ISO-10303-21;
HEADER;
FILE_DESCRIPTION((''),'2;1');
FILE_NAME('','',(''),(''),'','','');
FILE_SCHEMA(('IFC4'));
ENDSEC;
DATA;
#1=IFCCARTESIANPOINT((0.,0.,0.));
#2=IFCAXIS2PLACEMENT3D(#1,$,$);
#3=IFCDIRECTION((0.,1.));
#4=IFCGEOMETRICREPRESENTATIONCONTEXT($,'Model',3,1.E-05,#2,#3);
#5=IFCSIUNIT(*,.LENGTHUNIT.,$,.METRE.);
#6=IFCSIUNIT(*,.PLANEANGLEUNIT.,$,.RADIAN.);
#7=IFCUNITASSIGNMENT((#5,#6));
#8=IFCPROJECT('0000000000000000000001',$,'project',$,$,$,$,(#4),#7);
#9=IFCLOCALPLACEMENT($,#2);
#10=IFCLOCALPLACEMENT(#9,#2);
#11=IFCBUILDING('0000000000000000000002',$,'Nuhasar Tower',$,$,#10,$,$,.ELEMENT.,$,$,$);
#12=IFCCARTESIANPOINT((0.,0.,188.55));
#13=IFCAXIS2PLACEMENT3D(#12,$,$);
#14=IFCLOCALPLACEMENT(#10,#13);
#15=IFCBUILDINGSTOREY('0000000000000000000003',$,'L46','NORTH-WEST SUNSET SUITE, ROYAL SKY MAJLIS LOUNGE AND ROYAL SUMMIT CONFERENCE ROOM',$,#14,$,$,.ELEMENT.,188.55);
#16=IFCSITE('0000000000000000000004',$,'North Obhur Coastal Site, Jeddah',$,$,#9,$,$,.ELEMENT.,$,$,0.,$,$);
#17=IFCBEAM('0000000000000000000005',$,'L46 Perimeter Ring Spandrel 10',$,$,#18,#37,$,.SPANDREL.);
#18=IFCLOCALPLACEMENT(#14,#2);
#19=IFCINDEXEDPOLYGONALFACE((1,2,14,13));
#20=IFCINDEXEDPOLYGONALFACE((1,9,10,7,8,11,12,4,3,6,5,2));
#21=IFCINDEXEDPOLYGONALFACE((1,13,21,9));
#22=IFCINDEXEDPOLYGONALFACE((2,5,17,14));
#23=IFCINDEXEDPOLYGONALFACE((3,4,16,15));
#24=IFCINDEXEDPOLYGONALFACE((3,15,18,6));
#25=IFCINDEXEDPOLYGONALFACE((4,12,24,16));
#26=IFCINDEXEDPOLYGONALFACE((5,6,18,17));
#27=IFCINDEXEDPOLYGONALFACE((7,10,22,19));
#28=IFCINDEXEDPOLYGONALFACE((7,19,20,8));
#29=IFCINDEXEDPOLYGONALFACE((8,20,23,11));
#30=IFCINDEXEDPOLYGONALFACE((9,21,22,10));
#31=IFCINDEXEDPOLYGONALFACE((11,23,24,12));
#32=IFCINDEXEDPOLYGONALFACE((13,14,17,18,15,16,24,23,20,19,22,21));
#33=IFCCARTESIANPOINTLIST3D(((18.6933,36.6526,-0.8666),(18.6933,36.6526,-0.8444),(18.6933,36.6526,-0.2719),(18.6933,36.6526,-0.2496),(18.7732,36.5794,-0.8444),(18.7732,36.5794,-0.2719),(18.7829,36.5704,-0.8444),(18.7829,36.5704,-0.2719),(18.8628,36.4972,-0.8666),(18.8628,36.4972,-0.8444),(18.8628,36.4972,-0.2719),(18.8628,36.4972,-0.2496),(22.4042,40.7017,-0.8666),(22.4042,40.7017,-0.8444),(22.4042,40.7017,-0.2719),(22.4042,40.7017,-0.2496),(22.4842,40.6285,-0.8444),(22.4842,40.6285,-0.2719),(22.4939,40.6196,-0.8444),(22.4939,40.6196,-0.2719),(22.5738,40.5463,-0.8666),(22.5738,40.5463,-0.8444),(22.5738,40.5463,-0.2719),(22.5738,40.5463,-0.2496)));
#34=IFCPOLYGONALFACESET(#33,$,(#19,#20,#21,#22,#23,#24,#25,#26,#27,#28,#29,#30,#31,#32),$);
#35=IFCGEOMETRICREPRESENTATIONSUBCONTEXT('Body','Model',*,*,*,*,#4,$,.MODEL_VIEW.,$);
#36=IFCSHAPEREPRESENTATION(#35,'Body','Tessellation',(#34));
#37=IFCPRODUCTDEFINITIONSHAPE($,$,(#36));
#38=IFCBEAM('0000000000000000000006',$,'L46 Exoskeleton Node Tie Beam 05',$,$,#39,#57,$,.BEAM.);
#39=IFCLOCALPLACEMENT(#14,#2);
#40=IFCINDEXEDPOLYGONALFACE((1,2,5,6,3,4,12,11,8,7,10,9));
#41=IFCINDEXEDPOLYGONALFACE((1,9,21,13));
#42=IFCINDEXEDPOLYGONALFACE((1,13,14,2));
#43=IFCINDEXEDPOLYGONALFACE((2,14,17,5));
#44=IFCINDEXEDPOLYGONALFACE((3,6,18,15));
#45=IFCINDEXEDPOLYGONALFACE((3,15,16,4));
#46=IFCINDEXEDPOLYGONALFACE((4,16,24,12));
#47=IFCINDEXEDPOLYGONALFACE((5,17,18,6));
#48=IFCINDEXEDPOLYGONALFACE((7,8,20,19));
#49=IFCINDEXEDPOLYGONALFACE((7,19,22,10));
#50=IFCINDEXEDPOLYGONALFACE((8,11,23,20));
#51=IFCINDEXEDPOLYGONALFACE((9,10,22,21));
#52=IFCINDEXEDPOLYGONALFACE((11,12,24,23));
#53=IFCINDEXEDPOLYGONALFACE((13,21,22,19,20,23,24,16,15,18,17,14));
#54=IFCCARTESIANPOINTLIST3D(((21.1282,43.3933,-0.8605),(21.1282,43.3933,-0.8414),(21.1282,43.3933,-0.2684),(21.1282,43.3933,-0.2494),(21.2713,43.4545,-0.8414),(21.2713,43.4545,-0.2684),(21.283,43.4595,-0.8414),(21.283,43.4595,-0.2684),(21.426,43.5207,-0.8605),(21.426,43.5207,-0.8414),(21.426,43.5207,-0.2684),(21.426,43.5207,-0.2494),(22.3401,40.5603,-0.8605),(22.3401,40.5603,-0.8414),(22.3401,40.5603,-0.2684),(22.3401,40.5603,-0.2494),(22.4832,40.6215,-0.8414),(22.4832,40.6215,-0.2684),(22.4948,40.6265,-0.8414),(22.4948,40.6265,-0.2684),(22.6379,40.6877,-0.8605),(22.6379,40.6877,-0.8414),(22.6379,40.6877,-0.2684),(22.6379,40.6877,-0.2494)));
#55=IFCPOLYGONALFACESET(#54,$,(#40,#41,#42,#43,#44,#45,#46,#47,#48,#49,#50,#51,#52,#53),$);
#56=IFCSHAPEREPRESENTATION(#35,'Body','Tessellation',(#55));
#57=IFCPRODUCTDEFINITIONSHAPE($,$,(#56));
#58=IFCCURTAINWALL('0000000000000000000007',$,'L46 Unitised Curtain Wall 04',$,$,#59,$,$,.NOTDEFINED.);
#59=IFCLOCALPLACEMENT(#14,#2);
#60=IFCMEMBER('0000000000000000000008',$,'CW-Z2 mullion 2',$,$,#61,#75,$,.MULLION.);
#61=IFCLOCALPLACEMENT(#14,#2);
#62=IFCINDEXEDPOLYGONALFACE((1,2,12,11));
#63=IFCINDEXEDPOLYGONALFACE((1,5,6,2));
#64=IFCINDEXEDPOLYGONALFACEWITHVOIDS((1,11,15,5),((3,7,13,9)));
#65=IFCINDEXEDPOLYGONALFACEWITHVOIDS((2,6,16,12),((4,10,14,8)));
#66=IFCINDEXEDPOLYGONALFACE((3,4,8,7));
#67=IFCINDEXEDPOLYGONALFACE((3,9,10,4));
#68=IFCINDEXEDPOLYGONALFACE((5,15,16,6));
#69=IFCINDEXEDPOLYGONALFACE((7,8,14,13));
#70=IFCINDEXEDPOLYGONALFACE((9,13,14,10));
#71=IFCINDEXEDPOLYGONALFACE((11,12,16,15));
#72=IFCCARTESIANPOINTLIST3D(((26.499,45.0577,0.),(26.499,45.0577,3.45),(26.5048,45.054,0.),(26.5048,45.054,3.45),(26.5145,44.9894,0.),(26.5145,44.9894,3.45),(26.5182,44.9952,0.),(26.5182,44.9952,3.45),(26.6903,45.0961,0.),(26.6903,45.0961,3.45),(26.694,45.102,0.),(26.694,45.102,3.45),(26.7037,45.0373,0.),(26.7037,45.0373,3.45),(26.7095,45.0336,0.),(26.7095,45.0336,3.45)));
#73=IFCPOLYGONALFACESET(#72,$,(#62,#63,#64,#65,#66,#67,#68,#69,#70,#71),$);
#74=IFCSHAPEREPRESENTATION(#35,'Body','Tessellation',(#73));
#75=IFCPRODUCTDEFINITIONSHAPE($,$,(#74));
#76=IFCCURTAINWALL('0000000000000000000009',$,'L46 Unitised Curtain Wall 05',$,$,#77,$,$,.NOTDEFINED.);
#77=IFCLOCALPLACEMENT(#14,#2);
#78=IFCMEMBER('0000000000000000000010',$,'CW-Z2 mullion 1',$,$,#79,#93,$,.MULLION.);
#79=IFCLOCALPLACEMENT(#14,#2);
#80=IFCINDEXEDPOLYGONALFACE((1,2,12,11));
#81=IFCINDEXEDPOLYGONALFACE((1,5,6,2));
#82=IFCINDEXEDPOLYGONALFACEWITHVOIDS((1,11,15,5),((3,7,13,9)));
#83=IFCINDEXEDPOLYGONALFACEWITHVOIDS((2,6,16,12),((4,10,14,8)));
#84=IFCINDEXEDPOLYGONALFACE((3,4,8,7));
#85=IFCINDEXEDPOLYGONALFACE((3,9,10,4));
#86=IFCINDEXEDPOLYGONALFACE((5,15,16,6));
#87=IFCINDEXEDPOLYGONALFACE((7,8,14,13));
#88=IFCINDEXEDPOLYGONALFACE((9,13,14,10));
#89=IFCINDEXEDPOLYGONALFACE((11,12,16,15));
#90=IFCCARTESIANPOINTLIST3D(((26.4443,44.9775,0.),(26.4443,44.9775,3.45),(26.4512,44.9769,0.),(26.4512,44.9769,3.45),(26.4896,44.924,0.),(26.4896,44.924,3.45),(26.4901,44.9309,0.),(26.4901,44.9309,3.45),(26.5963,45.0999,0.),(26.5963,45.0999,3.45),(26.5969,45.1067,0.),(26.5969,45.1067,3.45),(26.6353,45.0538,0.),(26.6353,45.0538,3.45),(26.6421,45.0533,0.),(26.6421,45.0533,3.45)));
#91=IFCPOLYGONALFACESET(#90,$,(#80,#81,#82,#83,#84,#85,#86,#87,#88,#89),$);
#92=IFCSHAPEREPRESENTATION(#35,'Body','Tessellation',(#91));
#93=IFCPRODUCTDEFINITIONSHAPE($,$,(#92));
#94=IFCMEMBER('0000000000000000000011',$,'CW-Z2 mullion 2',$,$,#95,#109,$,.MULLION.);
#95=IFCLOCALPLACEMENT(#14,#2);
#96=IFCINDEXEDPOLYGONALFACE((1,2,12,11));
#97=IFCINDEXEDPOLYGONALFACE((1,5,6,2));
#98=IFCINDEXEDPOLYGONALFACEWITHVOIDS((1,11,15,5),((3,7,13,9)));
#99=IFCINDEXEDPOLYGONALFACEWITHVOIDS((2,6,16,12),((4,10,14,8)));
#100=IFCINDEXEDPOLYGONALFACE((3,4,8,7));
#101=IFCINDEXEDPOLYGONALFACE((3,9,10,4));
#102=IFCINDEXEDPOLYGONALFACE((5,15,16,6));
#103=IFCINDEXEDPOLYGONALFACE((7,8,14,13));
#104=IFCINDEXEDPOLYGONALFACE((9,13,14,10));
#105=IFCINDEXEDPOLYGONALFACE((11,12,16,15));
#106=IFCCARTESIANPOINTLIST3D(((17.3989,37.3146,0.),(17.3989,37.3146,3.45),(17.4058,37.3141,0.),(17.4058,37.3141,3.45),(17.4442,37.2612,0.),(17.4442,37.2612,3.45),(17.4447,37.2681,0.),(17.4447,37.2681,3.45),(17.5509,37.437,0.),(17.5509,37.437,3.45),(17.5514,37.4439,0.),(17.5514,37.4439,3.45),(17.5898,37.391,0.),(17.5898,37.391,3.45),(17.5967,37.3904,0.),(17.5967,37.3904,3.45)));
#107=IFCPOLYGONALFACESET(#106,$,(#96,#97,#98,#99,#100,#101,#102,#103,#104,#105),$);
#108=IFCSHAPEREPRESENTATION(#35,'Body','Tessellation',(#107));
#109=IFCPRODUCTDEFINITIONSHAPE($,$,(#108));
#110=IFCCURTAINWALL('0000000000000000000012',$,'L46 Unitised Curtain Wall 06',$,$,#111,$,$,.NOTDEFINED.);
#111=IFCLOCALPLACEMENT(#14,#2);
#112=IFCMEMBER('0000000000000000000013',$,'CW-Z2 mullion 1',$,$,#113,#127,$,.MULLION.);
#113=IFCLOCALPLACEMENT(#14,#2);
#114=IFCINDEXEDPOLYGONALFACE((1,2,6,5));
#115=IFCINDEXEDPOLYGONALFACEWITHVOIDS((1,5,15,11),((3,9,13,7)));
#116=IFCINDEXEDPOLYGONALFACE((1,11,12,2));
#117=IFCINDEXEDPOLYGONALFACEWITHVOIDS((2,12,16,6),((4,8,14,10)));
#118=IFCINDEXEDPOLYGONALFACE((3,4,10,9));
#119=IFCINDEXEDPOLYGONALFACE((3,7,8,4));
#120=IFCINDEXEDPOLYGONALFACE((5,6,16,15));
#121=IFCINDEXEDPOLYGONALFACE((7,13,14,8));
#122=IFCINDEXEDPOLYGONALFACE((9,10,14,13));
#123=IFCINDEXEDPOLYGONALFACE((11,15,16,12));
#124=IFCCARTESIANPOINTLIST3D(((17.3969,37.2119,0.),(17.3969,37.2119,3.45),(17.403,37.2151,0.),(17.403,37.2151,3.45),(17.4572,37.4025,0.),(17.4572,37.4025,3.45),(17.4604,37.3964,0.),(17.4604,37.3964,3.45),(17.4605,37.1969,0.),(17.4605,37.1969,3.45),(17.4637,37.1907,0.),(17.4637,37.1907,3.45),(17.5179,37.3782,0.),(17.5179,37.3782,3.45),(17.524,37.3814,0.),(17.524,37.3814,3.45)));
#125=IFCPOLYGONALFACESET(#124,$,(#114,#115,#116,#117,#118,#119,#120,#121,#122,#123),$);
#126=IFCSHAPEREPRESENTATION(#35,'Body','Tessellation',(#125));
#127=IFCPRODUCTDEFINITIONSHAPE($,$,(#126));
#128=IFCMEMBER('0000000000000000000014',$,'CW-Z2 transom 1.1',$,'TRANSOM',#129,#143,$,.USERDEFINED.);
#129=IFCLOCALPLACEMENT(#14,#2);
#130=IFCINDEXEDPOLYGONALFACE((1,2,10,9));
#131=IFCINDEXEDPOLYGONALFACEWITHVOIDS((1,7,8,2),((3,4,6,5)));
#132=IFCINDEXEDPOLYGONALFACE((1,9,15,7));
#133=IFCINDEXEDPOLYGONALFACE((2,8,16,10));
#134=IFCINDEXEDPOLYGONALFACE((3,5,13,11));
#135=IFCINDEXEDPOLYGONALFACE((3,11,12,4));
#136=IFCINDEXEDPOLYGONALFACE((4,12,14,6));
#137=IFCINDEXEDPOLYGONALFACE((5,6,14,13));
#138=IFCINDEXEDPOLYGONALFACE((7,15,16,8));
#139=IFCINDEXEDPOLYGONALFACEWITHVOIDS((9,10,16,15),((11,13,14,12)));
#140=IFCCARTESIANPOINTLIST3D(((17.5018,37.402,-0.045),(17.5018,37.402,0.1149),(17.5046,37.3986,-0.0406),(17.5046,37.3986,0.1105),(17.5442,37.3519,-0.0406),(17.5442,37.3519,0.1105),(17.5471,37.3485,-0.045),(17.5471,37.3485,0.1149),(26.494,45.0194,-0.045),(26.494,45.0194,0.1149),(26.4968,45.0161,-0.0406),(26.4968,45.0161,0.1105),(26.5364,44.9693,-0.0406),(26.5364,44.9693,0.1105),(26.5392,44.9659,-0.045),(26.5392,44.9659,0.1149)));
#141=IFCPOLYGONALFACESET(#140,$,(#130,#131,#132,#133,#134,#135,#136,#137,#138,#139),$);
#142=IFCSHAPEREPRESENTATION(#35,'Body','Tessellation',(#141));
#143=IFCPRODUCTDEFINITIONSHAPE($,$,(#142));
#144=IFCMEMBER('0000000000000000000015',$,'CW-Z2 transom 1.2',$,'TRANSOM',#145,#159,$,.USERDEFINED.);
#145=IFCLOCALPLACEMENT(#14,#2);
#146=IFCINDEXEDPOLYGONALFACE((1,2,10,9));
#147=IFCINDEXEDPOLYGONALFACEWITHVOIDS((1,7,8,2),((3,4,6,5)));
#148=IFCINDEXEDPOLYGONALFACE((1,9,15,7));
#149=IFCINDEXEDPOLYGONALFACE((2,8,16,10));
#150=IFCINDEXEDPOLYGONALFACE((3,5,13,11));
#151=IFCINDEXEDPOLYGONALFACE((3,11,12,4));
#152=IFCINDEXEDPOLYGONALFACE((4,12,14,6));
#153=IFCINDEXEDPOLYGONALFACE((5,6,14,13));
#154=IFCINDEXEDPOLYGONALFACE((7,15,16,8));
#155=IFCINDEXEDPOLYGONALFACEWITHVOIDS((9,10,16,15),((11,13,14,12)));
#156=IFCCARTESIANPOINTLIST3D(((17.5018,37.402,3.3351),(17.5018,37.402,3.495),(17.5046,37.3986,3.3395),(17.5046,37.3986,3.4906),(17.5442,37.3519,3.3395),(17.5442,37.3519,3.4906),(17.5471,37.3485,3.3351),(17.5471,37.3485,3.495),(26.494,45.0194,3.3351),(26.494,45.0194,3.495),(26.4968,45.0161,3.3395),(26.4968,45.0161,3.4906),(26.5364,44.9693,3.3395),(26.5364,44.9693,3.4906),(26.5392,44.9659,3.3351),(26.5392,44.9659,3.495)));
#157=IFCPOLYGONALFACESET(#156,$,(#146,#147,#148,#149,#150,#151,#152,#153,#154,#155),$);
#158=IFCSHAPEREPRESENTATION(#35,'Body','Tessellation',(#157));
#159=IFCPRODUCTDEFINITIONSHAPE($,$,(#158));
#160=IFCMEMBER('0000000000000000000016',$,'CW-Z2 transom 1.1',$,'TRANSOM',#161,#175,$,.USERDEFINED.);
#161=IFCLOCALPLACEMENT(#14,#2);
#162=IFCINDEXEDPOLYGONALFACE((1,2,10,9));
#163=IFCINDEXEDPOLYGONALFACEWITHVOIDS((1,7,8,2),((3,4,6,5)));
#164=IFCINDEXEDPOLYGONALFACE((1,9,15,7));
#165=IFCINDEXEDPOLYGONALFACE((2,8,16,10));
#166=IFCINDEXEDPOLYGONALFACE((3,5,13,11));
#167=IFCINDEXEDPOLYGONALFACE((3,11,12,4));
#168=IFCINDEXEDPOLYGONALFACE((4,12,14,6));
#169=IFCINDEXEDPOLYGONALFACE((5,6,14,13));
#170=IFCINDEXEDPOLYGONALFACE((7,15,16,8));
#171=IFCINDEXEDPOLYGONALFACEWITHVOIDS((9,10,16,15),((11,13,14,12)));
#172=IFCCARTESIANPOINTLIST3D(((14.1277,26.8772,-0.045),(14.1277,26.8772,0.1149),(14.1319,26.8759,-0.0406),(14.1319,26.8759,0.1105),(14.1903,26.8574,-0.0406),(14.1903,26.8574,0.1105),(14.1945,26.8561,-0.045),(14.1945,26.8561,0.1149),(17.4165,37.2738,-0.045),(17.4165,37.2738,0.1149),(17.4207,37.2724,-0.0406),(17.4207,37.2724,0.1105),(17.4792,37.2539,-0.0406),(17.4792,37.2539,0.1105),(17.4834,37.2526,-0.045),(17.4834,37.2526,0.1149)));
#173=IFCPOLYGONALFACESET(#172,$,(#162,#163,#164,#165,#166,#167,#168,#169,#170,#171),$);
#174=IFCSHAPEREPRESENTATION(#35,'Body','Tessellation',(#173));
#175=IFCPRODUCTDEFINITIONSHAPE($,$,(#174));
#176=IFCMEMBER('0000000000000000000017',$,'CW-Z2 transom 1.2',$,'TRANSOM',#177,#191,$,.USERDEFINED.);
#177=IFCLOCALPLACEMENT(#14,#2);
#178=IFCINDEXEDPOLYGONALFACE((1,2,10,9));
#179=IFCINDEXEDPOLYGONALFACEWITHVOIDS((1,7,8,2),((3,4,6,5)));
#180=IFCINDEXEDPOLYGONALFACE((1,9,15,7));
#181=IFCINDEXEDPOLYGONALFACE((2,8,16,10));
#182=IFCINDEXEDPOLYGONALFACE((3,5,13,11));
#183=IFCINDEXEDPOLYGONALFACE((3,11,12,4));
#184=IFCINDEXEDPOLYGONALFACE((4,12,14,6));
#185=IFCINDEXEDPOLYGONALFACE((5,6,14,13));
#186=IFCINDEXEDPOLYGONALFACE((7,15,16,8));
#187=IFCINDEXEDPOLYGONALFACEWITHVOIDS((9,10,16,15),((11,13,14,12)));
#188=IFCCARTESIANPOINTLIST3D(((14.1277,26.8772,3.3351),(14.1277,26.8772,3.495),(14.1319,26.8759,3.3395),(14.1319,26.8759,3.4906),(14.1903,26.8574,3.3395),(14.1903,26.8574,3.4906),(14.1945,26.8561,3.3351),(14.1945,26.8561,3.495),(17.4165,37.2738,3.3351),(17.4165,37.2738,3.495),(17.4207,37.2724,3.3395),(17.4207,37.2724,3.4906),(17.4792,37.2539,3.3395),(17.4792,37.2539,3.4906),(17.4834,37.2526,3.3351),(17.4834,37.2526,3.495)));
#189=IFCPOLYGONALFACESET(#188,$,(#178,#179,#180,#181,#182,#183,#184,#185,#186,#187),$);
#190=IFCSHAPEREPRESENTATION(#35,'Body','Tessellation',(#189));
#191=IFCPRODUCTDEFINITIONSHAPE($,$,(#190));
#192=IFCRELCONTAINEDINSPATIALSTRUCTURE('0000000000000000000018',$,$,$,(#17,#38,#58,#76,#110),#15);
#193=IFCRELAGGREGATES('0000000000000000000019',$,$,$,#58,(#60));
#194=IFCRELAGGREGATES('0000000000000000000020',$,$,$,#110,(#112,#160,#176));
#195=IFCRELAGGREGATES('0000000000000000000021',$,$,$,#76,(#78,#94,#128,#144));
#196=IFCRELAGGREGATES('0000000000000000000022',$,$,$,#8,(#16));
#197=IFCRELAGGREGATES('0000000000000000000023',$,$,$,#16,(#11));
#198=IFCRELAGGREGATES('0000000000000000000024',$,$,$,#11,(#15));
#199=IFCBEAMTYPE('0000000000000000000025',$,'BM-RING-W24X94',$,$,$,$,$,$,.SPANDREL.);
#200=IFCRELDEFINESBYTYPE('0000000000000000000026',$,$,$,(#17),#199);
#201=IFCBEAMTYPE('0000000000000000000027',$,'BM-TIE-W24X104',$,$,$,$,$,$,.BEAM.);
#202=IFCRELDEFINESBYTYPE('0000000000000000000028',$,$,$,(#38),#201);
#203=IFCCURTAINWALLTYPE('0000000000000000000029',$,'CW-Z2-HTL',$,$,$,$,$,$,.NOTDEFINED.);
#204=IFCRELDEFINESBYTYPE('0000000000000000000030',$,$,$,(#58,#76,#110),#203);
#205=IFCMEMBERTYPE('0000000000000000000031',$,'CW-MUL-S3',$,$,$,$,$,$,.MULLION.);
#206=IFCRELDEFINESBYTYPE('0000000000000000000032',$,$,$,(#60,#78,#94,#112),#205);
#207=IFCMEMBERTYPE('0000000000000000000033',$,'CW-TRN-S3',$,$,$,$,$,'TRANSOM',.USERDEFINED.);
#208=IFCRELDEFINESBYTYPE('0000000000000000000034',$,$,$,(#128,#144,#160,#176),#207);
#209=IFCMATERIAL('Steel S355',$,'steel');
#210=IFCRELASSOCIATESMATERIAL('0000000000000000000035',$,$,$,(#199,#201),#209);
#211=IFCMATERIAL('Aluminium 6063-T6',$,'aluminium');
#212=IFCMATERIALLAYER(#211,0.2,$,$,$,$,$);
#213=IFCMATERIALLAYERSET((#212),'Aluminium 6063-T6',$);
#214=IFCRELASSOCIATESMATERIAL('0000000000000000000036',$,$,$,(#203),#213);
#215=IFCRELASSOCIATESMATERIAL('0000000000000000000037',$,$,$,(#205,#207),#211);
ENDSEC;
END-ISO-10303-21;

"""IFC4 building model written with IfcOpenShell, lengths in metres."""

from ifc_helpers import new_model, si_unit, direction, frame, origin, origin_2d, place, context, subcontext, project, spatial, hollow_rectangle, i_section, extrude, material, layer, layer_set, material_profile, profile_set, type_object, element, aggregate, save


model = new_model("IFC4")

# Units and contexts
model_context = context("Model", 3, precision=1e-05, world=origin(), true_north=direction((0.0, 1.0)))
body_context = subcontext(model_context, "Body", "Model", "MODEL_VIEW")
ifc_project = project(units=[si_unit("LENGTHUNIT", "METRE"), si_unit("PLANEANGLEUNIT", "RADIAN")], contexts=[model_context])

# Site, building, storey
site_placement = place(None, origin())
site = spatial("IfcSite", under=ifc_project, at=site_placement, Name="North Obhur Coastal Site, Jeddah", CompositionType="ELEMENT", RefElevation=0.0)
building_placement = place(site_placement, origin())
building = spatial("IfcBuilding", under=site, at=building_placement, Name="Nuhasar Tower", CompositionType="ELEMENT")
storey_placement = place(building_placement, frame((0.0, 0.0, 188.55)))
storey = spatial("IfcBuildingStorey", under=building, at=storey_placement, Name="L46", Description="NORTH-WEST SUNSET SUITE, ROYAL SKY MAJLIS LOUNGE AND ROYAL SUMMIT CONFERENCE ROOM", CompositionType="ELEMENT", Elevation=188.55)

# Beams
ifc_material_1 = material(Name="Steel S355", Category="steel")
ifc_material_profile_1 = material_profile(ifc_material_1, i_section(OverallWidth=0.23, OverallDepth=0.6169, WebThickness=0.0132, FlangeThickness=0.0222, at=origin_2d()), Name="W24X94")
ifc_profile_set_1 = profile_set([ifc_material_profile_1], Name="Steel S355")
beam_type_1 = type_object("IfcBeamType", Name="BM-RING-W24X94", PredefinedType="SPANDREL", material=ifc_profile_set_1)
beam_1_placement = place(storey_placement, frame((22.489, 40.624, -0.5581), z_axis=(-0.675654, -0.737219, 0.0), x_axis=(0.737219, -0.675654, 0.0)))
element("IfcBeam", 1, at=beam_1_placement, inside=storey, type_object=beam_type_1, Name="L46 Perimeter Ring Spandrel 10", PredefinedType="SPANDREL", context=body_context, shape_type="SweptSolid", body=[
    extrude(i_section(OverallWidth=0.23, OverallDepth=0.6169, WebThickness=0.0132, FlangeThickness=0.0222, at=origin_2d()), origin(), (0.0, 0.0, 1.0), 5.4924),
])
ifc_material_profile_2 = material_profile(ifc_material_1, i_section(OverallWidth=0.324, OverallDepth=0.6111, WebThickness=0.0127, FlangeThickness=0.019, at=origin_2d()), Name="W24X104")
ifc_profile_set_2 = profile_set([ifc_material_profile_2], Name="Steel S355")
beam_type_2 = type_object("IfcBeamType", Name="BM-TIE-W24X104", PredefinedType="BEAM", material=ifc_profile_set_2)
beam_2_placement = place(storey_placement, frame((22.489, 40.624, -0.5549), z_axis=(-0.393307, 0.919407, 0.0), x_axis=(-0.919407, -0.393307, 0.0)))
element("IfcBeam", 2, at=beam_2_placement, inside=storey, type_object=beam_type_2, Name="L46 Exoskeleton Node Tie Beam 05", PredefinedType="BEAM", context=body_context, shape_type="SweptSolid", body=[
    extrude(i_section(OverallWidth=0.324, OverallDepth=0.6111, WebThickness=0.0127, FlangeThickness=0.019, at=origin_2d()), origin(), (0.0, 0.0, 1.0), 3.0813),
])

# Curtain wall, member
ifc_material_2 = material(Name="Aluminium 6063-T6", Category="aluminium")
ifc_layer_1 = layer(ifc_material_2, 0.2)
ifc_layer_set_1 = layer_set([ifc_layer_1], Name="Aluminium 6063-T6")
curtain_wall_type = type_object("IfcCurtainWallType", Name="CW-Z2-HTL", PredefinedType="NOTDEFINED", material=ifc_layer_set_1)
curtain_wall_1_placement = place(storey_placement, origin())
curtain_wall_1 = element("IfcCurtainWall", 3, at=curtain_wall_1_placement, inside=storey, type_object=curtain_wall_type, Name="L46 Unitised Curtain Wall 04", PredefinedType="NOTDEFINED")
ifc_material_profile_3 = material_profile(ifc_material_2, hollow_rectangle(XDim=0.0701, YDim=0.2, WallThickness=0.0049, at=origin_2d()), Name="CWM-3")
ifc_profile_set_3 = profile_set([ifc_material_profile_3], Name="Aluminium 6063-T6")
member_type_1 = type_object("IfcMemberType", Name="CW-MUL-S3", PredefinedType="MULLION", material=ifc_profile_set_3)
member_1_placement = place(storey_placement, frame((26.6042, 45.0457, 0.0), z_axis=(0.0, 0.0, 1.0), x_axis=(0.221397, -0.975184, 0.0)))
member_1 = element("IfcMember", 4, at=member_1_placement, type_object=member_type_1, Name="CW-Z2 mullion 2", PredefinedType="MULLION", context=body_context, shape_type="SweptSolid", body=[
    extrude(hollow_rectangle(XDim=0.0701, YDim=0.2, WallThickness=0.0049, at=origin_2d()), origin(), (0.0, 0.0, 1.0), 3.45),
])
aggregate(curtain_wall_1, [member_1])

# Curtain wall, members
curtain_wall_2_placement = place(storey_placement, origin())
curtain_wall_2 = element("IfcCurtainWall", 5, at=curtain_wall_2_placement, inside=storey, type_object=curtain_wall_type, Name="L46 Unitised Curtain Wall 05", PredefinedType="NOTDEFINED")
member_2_placement = place(storey_placement, frame((26.5432, 45.0154, 0.0), z_axis=(0.0, 0.0, 1.0), x_axis=(0.646374, -0.76302, 0.0)))
member_2 = element("IfcMember", 6, at=member_2_placement, type_object=member_type_1, Name="CW-Z2 mullion 1", PredefinedType="MULLION", context=body_context, shape_type="SweptSolid", body=[
    extrude(hollow_rectangle(XDim=0.0701, YDim=0.2, WallThickness=0.0049, at=origin_2d()), origin(), (0.0, 0.0, 1.0), 3.45),
])
member_3_placement = place(storey_placement, frame((17.4978, 37.3525, 0.0), z_axis=(0.0, 0.0, 1.0), x_axis=(0.646374, -0.76302, 0.0)))
member_3 = element("IfcMember", 7, at=member_3_placement, type_object=member_type_1, Name="CW-Z2 mullion 2", PredefinedType="MULLION", context=body_context, shape_type="SweptSolid", body=[
    extrude(hollow_rectangle(XDim=0.0701, YDim=0.2, WallThickness=0.0049, at=origin_2d()), origin(), (0.0, 0.0, 1.0), 3.45),
])

# Curtain wall, member
curtain_wall_3_placement = place(storey_placement, origin())
curtain_wall_3 = element("IfcCurtainWall", 8, at=curtain_wall_3_placement, inside=storey, type_object=curtain_wall_type, Name="L46 Unitised Curtain Wall 06", PredefinedType="NOTDEFINED")
member_4_placement = place(storey_placement, frame((17.4604, 37.2966, 0.0), z_axis=(0.0, 0.0, 1.0), x_axis=(0.953433, -0.301604, 0.0)))
member_4 = element("IfcMember", 9, at=member_4_placement, type_object=member_type_1, Name="CW-Z2 mullion 1", PredefinedType="MULLION", context=body_context, shape_type="SweptSolid", body=[
    extrude(hollow_rectangle(XDim=0.0701, YDim=0.2, WallThickness=0.0049, at=origin_2d()), origin(), (0.0, 0.0, 1.0), 3.45),
])

# Members
ifc_material_profile_4 = material_profile(ifc_material_2, hollow_rectangle(XDim=0.0701, YDim=0.1599, WallThickness=0.0044, at=origin_2d()), Name="CWT-3")
ifc_profile_set_4 = profile_set([ifc_material_profile_4], Name="Aluminium 6063-T6")
member_type_2 = type_object("IfcMemberType", Name="CW-TRN-S3", ElementType="TRANSOM", PredefinedType="USERDEFINED", material=ifc_profile_set_4)
member_5_placement = place(storey_placement, frame((26.5166, 44.9927, 0.0349), z_axis=(-0.763024, -0.64637, 0.0), x_axis=(0.64637, -0.763024, 0.0)))
member_5 = element("IfcMember", 10, at=member_5_placement, type_object=member_type_2, Name="CW-Z2 transom 1.1", ObjectType="TRANSOM", PredefinedType="USERDEFINED", context=body_context, shape_type="SweptSolid", body=[
    extrude(hollow_rectangle(XDim=0.0701, YDim=0.1599, WallThickness=0.0044, at=origin_2d()), origin(), (0.0, 0.0, 1.0), 11.7849),
])
member_6_placement = place(storey_placement, frame((26.5166, 44.9927, 3.415), z_axis=(-0.763024, -0.64637, 0.0), x_axis=(0.64637, -0.763024, 0.0)))
member_6 = element("IfcMember", 11, at=member_6_placement, type_object=member_type_2, Name="CW-Z2 transom 1.2", ObjectType="TRANSOM", PredefinedType="USERDEFINED", context=body_context, shape_type="SweptSolid", body=[
    extrude(hollow_rectangle(XDim=0.0701, YDim=0.1599, WallThickness=0.0044, at=origin_2d()), origin(), (0.0, 0.0, 1.0), 11.7849),
])
member_7_placement = place(storey_placement, frame((17.45, 37.2632, 0.0349), z_axis=(-0.301608, -0.953432, 0.0), x_axis=(0.953432, -0.301608, 0.0)))
member_7 = element("IfcMember", 12, at=member_7_placement, type_object=member_type_2, Name="CW-Z2 transom 1.1", ObjectType="TRANSOM", PredefinedType="USERDEFINED", context=body_context, shape_type="SweptSolid", body=[
    extrude(hollow_rectangle(XDim=0.0701, YDim=0.1599, WallThickness=0.0044, at=origin_2d()), origin(), (0.0, 0.0, 1.0), 10.9043),
])
member_8_placement = place(storey_placement, frame((17.45, 37.2632, 3.415), z_axis=(-0.301608, -0.953432, 0.0), x_axis=(0.953432, -0.301608, 0.0)))
member_8 = element("IfcMember", 13, at=member_8_placement, type_object=member_type_2, Name="CW-Z2 transom 1.2", ObjectType="TRANSOM", PredefinedType="USERDEFINED", context=body_context, shape_type="SweptSolid", body=[
    extrude(hollow_rectangle(XDim=0.0701, YDim=0.1599, WallThickness=0.0044, at=origin_2d()), origin(), (0.0, 0.0, 1.0), 10.9043),
])
aggregate(curtain_wall_3, [member_4, member_7, member_8])

aggregate(curtain_wall_2, [member_2, member_3, member_5, member_6])

save(model, "model.ifc")
